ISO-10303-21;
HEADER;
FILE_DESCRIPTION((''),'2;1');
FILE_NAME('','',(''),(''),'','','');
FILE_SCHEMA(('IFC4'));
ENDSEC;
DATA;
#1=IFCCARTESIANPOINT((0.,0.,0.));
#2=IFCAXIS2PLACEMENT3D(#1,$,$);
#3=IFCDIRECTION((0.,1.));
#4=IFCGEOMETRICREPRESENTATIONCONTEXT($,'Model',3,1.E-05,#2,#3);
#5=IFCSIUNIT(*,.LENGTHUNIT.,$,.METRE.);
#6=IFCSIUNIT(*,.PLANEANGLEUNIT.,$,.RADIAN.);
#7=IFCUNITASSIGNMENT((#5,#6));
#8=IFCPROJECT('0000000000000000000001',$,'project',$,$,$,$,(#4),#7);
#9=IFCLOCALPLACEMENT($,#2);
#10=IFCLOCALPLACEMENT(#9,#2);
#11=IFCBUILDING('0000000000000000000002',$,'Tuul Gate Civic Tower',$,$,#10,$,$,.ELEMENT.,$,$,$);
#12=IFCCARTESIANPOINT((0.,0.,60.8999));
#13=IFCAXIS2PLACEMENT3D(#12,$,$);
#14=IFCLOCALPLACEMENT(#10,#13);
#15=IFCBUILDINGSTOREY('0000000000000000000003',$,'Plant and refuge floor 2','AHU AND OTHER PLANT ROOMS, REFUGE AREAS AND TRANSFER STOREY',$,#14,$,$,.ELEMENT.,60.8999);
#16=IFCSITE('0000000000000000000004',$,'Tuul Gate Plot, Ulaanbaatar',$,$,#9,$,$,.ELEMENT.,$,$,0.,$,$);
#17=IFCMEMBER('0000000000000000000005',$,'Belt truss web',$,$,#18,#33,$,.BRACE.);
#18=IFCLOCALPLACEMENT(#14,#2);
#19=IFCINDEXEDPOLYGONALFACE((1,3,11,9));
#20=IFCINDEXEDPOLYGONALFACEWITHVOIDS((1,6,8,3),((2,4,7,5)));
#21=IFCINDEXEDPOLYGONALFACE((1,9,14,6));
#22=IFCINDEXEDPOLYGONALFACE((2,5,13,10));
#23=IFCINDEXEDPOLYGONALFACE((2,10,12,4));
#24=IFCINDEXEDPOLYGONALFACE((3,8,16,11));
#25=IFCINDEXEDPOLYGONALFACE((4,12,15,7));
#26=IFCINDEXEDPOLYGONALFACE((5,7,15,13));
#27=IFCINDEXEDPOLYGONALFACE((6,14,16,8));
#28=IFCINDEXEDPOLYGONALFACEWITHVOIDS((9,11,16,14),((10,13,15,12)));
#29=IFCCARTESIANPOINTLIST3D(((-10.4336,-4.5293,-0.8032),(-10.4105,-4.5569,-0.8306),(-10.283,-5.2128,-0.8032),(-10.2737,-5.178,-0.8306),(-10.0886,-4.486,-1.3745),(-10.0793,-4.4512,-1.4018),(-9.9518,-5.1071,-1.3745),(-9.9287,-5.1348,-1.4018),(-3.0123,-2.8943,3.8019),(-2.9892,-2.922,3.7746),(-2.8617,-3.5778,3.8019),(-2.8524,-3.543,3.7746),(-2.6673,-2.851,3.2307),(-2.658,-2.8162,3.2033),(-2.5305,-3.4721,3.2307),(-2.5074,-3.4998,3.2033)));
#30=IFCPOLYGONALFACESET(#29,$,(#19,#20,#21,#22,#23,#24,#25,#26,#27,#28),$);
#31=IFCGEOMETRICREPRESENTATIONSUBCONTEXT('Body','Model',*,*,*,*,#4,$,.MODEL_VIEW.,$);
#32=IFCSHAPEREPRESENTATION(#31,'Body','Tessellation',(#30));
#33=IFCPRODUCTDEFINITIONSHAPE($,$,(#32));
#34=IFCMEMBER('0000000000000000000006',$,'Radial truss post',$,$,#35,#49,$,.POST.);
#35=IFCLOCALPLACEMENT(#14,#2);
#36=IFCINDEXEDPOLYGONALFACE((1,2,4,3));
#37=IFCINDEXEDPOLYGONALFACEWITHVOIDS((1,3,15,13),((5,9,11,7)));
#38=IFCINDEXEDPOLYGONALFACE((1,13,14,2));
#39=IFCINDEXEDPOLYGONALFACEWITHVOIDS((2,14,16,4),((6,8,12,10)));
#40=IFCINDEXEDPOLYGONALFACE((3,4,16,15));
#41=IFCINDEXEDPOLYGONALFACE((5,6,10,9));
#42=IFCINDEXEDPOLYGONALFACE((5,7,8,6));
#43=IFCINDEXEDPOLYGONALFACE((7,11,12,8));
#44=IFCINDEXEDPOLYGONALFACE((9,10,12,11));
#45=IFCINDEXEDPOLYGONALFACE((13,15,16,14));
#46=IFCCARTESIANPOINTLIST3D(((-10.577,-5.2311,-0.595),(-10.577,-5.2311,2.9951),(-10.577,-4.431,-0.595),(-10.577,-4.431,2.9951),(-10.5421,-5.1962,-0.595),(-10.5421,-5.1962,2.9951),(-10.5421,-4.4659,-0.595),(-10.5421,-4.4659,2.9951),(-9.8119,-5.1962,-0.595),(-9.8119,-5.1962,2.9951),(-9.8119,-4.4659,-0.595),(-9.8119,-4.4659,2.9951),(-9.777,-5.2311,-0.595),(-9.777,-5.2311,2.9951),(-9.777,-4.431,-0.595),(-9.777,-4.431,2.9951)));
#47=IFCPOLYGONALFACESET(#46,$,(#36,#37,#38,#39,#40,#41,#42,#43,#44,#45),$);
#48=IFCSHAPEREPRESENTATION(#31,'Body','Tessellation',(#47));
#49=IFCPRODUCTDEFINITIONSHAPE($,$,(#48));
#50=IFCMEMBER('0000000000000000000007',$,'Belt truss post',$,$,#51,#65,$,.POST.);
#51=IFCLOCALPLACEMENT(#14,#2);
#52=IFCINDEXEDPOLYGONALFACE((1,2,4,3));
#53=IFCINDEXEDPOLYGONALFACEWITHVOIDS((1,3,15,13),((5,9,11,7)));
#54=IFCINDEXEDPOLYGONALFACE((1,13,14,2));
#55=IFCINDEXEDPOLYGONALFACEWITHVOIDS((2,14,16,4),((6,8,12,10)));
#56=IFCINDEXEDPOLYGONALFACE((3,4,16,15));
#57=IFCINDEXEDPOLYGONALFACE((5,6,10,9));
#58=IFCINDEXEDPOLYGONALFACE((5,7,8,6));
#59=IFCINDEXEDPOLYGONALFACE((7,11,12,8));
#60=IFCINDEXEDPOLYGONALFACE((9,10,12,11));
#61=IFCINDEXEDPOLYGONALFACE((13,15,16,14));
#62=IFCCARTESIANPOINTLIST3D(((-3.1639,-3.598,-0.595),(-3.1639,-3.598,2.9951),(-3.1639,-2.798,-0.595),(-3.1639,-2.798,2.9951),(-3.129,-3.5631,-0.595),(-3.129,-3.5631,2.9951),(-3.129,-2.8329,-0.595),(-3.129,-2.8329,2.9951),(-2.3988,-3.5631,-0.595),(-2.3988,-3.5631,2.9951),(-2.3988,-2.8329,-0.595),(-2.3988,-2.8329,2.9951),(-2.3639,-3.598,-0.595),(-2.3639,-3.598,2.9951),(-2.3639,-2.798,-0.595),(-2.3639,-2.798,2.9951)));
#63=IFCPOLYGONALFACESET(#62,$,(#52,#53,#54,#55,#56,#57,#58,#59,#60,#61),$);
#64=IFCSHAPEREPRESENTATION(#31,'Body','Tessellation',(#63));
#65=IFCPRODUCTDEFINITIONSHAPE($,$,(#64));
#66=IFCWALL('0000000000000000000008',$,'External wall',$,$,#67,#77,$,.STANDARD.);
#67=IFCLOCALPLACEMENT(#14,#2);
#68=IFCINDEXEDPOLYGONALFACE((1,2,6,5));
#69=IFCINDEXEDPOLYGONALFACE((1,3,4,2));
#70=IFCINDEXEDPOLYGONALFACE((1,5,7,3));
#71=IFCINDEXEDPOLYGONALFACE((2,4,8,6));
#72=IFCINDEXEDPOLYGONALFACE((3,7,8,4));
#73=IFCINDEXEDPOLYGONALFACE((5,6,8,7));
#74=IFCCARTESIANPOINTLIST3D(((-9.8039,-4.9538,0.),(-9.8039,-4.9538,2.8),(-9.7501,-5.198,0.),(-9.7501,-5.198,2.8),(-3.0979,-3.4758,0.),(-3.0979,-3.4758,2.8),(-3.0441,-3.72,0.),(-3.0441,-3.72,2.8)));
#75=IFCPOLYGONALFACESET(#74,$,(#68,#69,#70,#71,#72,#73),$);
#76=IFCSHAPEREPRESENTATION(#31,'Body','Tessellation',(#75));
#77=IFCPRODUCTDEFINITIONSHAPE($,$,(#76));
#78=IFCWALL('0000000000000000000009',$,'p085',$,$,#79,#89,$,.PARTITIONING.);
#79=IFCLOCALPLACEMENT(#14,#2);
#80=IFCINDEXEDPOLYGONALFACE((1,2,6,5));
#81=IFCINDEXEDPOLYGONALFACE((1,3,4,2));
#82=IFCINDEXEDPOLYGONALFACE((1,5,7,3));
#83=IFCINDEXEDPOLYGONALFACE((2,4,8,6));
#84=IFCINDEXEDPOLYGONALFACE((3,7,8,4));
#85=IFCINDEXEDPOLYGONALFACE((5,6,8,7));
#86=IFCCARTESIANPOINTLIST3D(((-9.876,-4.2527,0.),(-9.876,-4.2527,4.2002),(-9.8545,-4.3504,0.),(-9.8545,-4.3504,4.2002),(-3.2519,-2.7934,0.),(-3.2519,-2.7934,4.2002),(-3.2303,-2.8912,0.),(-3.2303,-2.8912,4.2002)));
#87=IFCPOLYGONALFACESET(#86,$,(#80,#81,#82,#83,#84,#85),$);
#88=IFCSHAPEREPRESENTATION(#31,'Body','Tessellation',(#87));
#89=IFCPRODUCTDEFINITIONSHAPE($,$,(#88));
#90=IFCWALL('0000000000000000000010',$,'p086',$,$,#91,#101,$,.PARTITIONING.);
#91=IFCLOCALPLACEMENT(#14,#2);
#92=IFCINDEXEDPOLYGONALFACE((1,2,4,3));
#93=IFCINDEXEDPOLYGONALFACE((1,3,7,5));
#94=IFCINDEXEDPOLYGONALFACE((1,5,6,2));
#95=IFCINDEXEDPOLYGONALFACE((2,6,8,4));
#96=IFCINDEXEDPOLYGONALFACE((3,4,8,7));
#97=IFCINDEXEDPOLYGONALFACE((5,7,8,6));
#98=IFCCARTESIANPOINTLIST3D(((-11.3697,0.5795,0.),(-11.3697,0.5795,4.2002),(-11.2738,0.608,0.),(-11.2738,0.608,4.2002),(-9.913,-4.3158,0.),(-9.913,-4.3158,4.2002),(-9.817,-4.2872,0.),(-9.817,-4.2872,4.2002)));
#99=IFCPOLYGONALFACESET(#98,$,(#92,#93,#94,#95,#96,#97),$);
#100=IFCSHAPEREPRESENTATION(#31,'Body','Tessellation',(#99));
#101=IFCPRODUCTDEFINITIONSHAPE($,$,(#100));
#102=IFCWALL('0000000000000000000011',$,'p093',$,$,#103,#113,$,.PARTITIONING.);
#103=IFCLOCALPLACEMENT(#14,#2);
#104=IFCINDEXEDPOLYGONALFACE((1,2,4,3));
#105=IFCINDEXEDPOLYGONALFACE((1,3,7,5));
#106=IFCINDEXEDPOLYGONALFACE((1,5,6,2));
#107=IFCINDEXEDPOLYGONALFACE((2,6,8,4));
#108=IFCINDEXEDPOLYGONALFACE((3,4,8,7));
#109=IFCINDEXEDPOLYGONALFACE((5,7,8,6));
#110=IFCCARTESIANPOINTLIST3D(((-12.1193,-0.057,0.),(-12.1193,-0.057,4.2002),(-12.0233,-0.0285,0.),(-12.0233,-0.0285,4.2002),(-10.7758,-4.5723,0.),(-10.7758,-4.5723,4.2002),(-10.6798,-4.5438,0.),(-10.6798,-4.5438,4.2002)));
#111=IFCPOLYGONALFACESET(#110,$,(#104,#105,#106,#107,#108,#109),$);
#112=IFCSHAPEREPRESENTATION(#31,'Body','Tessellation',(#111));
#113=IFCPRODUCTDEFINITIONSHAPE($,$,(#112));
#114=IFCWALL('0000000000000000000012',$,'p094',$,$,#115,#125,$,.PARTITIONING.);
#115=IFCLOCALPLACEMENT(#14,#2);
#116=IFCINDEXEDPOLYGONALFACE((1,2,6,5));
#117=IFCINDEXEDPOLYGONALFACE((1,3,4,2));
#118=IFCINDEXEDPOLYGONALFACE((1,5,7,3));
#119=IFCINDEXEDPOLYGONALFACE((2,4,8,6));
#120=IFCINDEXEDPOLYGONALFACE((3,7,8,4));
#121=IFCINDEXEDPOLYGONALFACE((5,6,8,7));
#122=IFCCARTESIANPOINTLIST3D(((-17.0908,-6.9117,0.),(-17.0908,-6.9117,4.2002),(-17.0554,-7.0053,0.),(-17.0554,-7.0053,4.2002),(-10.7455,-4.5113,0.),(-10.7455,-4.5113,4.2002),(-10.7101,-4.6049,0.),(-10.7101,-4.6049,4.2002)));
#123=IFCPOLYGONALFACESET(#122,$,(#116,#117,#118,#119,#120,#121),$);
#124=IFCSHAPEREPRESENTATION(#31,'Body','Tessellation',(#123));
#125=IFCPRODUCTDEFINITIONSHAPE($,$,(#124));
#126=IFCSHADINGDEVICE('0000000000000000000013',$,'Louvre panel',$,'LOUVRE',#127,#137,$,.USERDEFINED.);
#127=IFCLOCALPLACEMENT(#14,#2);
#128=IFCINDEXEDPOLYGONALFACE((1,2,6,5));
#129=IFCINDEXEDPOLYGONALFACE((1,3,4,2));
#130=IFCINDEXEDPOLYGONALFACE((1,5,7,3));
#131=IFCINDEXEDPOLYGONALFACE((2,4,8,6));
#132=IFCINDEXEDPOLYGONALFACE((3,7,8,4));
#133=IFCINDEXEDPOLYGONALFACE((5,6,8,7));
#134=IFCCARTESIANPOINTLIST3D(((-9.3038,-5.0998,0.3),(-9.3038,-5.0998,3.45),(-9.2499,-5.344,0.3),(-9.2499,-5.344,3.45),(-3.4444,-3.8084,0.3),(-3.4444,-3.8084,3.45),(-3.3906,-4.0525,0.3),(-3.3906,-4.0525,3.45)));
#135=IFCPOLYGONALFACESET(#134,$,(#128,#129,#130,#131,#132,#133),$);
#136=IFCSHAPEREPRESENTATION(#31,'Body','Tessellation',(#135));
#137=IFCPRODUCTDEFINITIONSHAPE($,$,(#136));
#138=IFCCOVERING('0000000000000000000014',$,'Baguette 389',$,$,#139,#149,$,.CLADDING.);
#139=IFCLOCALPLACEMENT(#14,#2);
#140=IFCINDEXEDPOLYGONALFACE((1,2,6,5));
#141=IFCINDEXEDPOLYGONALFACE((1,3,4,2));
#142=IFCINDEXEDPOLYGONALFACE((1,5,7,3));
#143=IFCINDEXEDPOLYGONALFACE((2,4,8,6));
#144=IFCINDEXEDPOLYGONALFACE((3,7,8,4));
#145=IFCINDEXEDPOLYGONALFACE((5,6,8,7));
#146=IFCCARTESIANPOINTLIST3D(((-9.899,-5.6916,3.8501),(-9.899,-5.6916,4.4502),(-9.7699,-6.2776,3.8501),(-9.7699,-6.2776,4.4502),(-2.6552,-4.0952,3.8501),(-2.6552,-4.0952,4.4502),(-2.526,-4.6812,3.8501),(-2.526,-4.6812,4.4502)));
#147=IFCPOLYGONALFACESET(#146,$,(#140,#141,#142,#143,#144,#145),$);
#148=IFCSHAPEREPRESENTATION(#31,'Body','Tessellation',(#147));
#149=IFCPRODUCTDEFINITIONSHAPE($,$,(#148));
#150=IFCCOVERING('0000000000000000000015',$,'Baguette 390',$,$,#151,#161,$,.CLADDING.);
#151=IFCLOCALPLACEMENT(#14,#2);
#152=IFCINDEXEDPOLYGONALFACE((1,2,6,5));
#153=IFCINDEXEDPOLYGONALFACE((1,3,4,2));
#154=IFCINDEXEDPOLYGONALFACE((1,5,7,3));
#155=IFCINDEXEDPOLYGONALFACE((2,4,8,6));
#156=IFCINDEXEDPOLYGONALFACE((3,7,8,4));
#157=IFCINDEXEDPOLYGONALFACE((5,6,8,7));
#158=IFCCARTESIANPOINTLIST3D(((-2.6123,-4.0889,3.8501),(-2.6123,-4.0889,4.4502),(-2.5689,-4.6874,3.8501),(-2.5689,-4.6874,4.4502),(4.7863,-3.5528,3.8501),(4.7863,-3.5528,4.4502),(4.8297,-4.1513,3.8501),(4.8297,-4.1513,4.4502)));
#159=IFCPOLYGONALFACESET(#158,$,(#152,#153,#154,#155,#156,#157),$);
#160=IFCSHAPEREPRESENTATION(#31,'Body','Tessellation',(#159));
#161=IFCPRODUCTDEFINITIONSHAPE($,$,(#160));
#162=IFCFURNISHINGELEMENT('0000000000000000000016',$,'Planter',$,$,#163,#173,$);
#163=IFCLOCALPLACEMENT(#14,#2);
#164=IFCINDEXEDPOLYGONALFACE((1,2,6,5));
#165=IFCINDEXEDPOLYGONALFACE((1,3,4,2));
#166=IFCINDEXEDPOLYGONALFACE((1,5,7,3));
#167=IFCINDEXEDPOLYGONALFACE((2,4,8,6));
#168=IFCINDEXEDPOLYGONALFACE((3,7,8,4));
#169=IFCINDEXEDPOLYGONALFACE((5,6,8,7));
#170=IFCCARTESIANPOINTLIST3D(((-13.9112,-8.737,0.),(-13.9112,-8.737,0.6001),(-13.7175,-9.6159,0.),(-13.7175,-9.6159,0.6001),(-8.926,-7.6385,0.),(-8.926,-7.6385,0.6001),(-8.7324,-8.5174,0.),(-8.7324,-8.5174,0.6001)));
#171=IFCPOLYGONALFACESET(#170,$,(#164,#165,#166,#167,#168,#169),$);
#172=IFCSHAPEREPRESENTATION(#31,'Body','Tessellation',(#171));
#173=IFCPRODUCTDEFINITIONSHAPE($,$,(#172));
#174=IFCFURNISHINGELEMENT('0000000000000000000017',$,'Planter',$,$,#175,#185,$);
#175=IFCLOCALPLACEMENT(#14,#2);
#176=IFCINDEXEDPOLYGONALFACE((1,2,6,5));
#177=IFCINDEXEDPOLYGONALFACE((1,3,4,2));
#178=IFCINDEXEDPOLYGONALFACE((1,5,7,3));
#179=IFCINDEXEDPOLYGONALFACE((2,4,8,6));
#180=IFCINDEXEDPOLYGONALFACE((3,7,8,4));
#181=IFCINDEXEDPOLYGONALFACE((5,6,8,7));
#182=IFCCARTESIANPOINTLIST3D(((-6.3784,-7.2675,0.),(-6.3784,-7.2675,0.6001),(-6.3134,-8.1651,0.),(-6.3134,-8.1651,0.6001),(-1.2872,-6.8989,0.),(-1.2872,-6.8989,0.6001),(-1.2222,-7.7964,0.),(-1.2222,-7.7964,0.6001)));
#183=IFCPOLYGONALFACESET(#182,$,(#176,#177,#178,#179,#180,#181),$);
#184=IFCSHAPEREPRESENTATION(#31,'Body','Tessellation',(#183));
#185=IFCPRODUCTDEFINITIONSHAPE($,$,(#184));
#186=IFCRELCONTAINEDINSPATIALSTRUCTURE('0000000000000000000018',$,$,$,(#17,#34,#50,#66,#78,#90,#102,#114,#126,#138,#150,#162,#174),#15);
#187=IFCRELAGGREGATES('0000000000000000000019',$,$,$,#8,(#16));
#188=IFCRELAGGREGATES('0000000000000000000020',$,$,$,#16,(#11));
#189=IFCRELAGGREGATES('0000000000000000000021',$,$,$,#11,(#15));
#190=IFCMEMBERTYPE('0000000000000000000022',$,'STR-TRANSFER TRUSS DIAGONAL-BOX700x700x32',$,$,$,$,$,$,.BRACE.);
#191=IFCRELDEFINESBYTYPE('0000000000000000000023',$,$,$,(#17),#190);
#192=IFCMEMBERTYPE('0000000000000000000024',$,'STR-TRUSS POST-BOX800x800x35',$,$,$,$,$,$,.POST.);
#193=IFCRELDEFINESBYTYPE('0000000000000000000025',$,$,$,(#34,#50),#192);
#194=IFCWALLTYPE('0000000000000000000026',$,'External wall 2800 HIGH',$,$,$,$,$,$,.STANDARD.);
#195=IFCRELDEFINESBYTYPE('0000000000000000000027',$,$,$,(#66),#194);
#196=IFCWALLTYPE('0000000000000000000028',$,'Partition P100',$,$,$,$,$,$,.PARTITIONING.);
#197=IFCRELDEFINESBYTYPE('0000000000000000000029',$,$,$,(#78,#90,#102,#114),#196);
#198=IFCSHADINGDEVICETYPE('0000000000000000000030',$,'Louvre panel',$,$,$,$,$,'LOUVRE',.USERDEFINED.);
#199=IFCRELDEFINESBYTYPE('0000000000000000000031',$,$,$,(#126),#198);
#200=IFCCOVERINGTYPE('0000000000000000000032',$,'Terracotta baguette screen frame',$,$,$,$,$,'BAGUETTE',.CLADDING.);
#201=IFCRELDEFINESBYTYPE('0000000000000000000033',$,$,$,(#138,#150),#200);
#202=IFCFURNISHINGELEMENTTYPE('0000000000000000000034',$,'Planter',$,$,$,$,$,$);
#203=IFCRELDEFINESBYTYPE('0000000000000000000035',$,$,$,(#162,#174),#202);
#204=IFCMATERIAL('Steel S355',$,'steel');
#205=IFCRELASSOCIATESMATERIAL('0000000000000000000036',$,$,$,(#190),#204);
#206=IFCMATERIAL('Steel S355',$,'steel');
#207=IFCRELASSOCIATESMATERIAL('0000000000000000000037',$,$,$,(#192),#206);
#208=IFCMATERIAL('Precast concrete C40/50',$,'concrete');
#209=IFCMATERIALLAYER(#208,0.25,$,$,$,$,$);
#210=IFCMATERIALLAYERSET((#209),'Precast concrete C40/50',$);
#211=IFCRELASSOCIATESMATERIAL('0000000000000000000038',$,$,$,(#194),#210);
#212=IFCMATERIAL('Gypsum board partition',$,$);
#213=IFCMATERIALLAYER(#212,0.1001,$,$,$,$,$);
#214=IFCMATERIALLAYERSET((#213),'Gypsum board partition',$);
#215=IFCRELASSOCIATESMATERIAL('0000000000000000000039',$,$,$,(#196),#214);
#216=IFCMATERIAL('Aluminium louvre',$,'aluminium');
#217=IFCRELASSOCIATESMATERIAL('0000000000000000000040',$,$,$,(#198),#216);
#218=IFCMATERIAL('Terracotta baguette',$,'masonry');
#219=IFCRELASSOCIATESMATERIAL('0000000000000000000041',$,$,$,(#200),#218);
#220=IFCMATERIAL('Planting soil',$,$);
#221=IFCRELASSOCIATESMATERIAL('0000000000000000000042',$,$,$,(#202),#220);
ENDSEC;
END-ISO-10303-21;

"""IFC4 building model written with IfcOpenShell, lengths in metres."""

from ifc_helpers import new_model, si_unit, direction, frame, frame_2d, origin, origin_2d, place, context, subcontext, project, spatial, rectangle, hollow_rectangle, extrude, material, layer, layer_set, material_profile, profile_set, type_object, element, save


model = new_model("IFC4")

# Units and contexts
model_context = context("Model", 3, precision=1e-05, world=origin(), true_north=direction((0.0, 1.0)))
body_context = subcontext(model_context, "Body", "Model", "MODEL_VIEW")
ifc_project = project(units=[si_unit("LENGTHUNIT", "METRE"), si_unit("PLANEANGLEUNIT", "RADIAN")], contexts=[model_context])

# Site, building, storey
site_placement = place(None, origin())
site = spatial("IfcSite", under=ifc_project, at=site_placement, Name="Tuul Gate Plot, Ulaanbaatar", CompositionType="ELEMENT", RefElevation=0.0)
building_placement = place(site_placement, origin())
building = spatial("IfcBuilding", under=site, at=building_placement, Name="Tuul Gate Civic Tower", CompositionType="ELEMENT")
storey_placement = place(building_placement, frame((0.0, 0.0, 60.8999)))
storey = spatial("IfcBuildingStorey", under=building, at=storey_placement, Name="Plant and refuge floor 2", Description="AHU AND OTHER PLANT ROOMS, REFUGE AREAS AND TRANSFER STOREY", CompositionType="ELEMENT", Elevation=60.8999)

# Members
ifc_material_1 = material(Name="Steel S355", Category="steel")
ifc_material_profile_1 = material_profile(ifc_material_1, hollow_rectangle(XDim=0.7, YDim=0.7, WallThickness=0.032, at=origin_2d()), Name="BOX700x700x32")
ifc_profile_set_1 = profile_set([ifc_material_profile_1], Name="Steel S355")
member_type_1 = type_object("IfcMemberType", Name="STR-TRANSFER TRUSS DIAGONAL-BOX700x700x32", PredefinedType="BRACE", material=ifc_profile_set_1)
member_1_placement = place(storey_placement, frame((-10.1812, -4.832, -1.1025), z_axis=(0.835192, 0.184002, 0.518265), x_axis=(-0.215151, 0.976581, 0.0)))
element("IfcMember", 1, at=member_1_placement, inside=storey, type_object=member_type_1, Name="Belt truss web", PredefinedType="BRACE", context=body_context, shape_type="SweptSolid", body=[
    extrude(hollow_rectangle(XDim=0.7, YDim=0.7, WallThickness=0.032, at=origin_2d()), origin(), (0.0, 0.0, 1.0), 8.8857),
])
ifc_material_2 = material(Name="Steel S355", Category="steel")
ifc_material_profile_2 = material_profile(ifc_material_2, hollow_rectangle(XDim=0.8, YDim=0.8, WallThickness=0.0349, at=origin_2d()), Name="BOX800x800x35")
ifc_profile_set_2 = profile_set([ifc_material_profile_2], Name="Steel S355")
member_type_2 = type_object("IfcMemberType", Name="STR-TRUSS POST-BOX800x800x35", PredefinedType="POST", material=ifc_profile_set_2)
for number, where, z_axis, x_axis, name in (
    (2, (-10.177, -4.8311, -0.595), (0.0, 0.0, 1.0), (1.0, 0.0, 0.0), "Radial truss post"),
    (3, (-2.7639, -3.198, -0.595), (0.0, 0.0, 1.0), (1.0, 0.0, 0.0), "Belt truss post"),
):
    element("IfcMember", number, at=place(storey_placement, frame(where, z_axis=z_axis, x_axis=x_axis)), inside=storey, type_object=member_type_2, Name=name, PredefinedType="POST", context=body_context, shape_type="SweptSolid", body=[
        extrude(hollow_rectangle(XDim=0.8, YDim=0.8, WallThickness=0.0349, at=origin_2d()), origin(), (0.0, 0.0, 1.0), 3.5901),
    ])

# Walls
ifc_material_3 = material(Name="Precast concrete C40/50", Category="concrete")
ifc_layer_1 = layer(ifc_material_3, 0.25)
ifc_layer_set_1 = layer_set([ifc_layer_1], Name="Precast concrete C40/50")
wall_type_1 = type_object("IfcWallType", Name="External wall 2800 HIGH", PredefinedType="STANDARD", material=ifc_layer_set_1)
wall_1_placement = place(storey_placement, frame((-9.7771, -5.0759, 0.0), z_axis=(0.0, 0.0, 1.0), x_axis=(0.976562, 0.215236, 0.0)))
element("IfcWall", 4, at=wall_1_placement, inside=storey, type_object=wall_type_1, Name="External wall", PredefinedType="STANDARD", context=body_context, shape_type="SweptSolid", body=[
    extrude(rectangle(XDim=6.8669, YDim=0.25, at=frame_2d((3.4336, 0.0))), origin(), (0.0, 0.0, 1.0), 2.8),
])
ifc_material_4 = material(Name="Gypsum board partition")
ifc_layer_2 = layer(ifc_material_4, 0.1001)
ifc_layer_set_2 = layer_set([ifc_layer_2], Name="Gypsum board partition")
wall_type_2 = type_object("IfcWallType", Name="Partition P100", PredefinedType="PARTITIONING", material=ifc_layer_set_2)
wall_2_placement = place(storey_placement, frame((-3.241, -2.8423, 0.0), z_axis=(0.0, 0.0, 1.0), x_axis=(-0.976584, -0.215135, 0.0)))
element("IfcWall", 5, at=wall_2_placement, inside=storey, type_object=wall_type_2, Name="p085", PredefinedType="PARTITIONING", context=body_context, shape_type="SweptSolid", body=[
    extrude(rectangle(XDim=6.783, YDim=0.1001, at=frame_2d((3.3916, 0.0))), origin(), (0.0, 0.0, 1.0), 4.2002),
])
wall_3_placement = place(storey_placement, frame((-9.865, -4.3015, 0.0), z_axis=(0.0, 0.0, 1.0), x_axis=(-0.285229, 0.958459, 0.0)))
element("IfcWall", 6, at=wall_3_placement, inside=storey, type_object=wall_type_2, Name="p086", PredefinedType="PARTITIONING", context=body_context, shape_type="SweptSolid", body=[
    extrude(rectangle(XDim=5.1074, YDim=0.1001, at=frame_2d((2.5537, 0.0))), origin(), (0.0, 0.0, 1.0), 4.2002),
])
wall_4_placement = place(storey_placement, frame((-12.0713, -0.0427, 0.0), z_axis=(0.0, 0.0, 1.0), x_axis=(0.285184, -0.958473, 0.0)))
element("IfcWall", 7, at=wall_4_placement, inside=storey, type_object=wall_type_2, Name="p093", PredefinedType="PARTITIONING", context=body_context, shape_type="SweptSolid", body=[
    extrude(rectangle(XDim=4.7109, YDim=0.1001, at=frame_2d((2.3555, 0.0))), origin(), (0.0, 0.0, 1.0), 4.2002),
])
wall_5_placement = place(storey_placement, frame((-10.7278, -4.5581, 0.0), z_axis=(0.0, 0.0, 1.0), x_axis=(-0.935311, -0.353827, 0.0)))
element("IfcWall", 8, at=wall_5_placement, inside=storey, type_object=wall_type_2, Name="p094", PredefinedType="PARTITIONING", context=body_context, shape_type="SweptSolid", body=[
    extrude(rectangle(XDim=6.7842, YDim=0.1001, at=frame_2d((3.3921, 0.0))), origin(), (0.0, 0.0, 1.0), 4.2002),
])

# Shading device
ifc_material_5 = material(Name="Aluminium louvre", Category="aluminium")
shading_device_type = type_object("IfcShadingDeviceType", Name="Louvre panel", ElementType="LOUVRE", PredefinedType="USERDEFINED", material=ifc_material_5)
shading_device_placement = place(storey_placement, frame((-6.3472, -4.5762, 0.3), z_axis=(0.0, 0.0, 1.0), x_axis=(0.215242, -0.976561, 0.0)))
element("IfcShadingDevice", 9, at=shading_device_placement, inside=storey, type_object=shading_device_type, Name="Louvre panel", ObjectType="LOUVRE", PredefinedType="USERDEFINED", context=body_context, shape_type="SweptSolid", body=[
    extrude(rectangle(XDim=0.25, YDim=6.0, at=origin_2d()), origin(), (0.0, 0.0, 1.0), 3.1499),
])

# Coverings
ifc_material_6 = material(Name="Terracotta baguette", Category="masonry")
ifc_material_profile_3 = material_profile(ifc_material_6, rectangle(XDim=0.6001, YDim=0.6001, at=origin_2d()), Name="Terracotta baguette screen frame")
ifc_profile_set_3 = profile_set([ifc_material_profile_3], Name="Terracotta baguette")
covering_type = type_object("IfcCoveringType", Name="Terracotta baguette screen frame", ElementType="BAGUETTE", PredefinedType="CLADDING", material=ifc_profile_set_3)
covering_1_placement = place(storey_placement, frame((-9.8345, -5.9846, 4.1501), z_axis=(0.976566, 0.215219, 0.0), x_axis=(-0.215219, 0.976566, 0.0)))
element("IfcCovering", 10, at=covering_1_placement, inside=storey, type_object=covering_type, Name="Baguette 389", PredefinedType="CLADDING", context=body_context, shape_type="SweptSolid", body=[
    extrude(rectangle(XDim=0.6001, YDim=0.6001, at=origin_2d()), origin(), (0.0, 0.0, 1.0), 7.4177),
])
covering_2_placement = place(storey_placement, frame((-2.5906, -4.3882, 4.1501), z_axis=(0.997385, 0.072274, 0.0), x_axis=(-0.072274, 0.997385, 0.0)))
element("IfcCovering", 11, at=covering_2_placement, inside=storey, type_object=covering_type, Name="Baguette 390", PredefinedType="CLADDING", context=body_context, shape_type="SweptSolid", body=[
    extrude(rectangle(XDim=0.6001, YDim=0.6001, at=origin_2d()), origin(), (0.0, 0.0, 1.0), 7.418),
])

# Furnishing elements
ifc_material_7 = material(Name="Planting soil")
furnishing_element_type = type_object("IfcFurnishingElementType", Name="Planter", material=ifc_material_7)
furnishing_1_placement = place(storey_placement, frame((-11.3218, -8.6272, 0.0), z_axis=(0.0, 0.0, 1.0), x_axis=(0.976571, 0.215195, 0.0)))
element("IfcFurnishingElement", 12, at=furnishing_1_placement, inside=storey, type_object=furnishing_element_type, Name="Planter", context=body_context, shape_type="SweptSolid", body=[
    extrude(rectangle(XDim=5.1047, YDim=0.8999, at=origin_2d()), origin(), (0.0, 0.0, 1.0), 0.6001),
])
furnishing_2_placement = place(storey_placement, frame((-3.8003, -7.532, 0.0), z_axis=(0.0, 0.0, 1.0), x_axis=(0.997389, 0.072222, 0.0)))
element("IfcFurnishingElement", 13, at=furnishing_2_placement, inside=storey, type_object=furnishing_element_type, Name="Planter", context=body_context, shape_type="SweptSolid", body=[
    extrude(rectangle(XDim=5.1045, YDim=0.8999, at=origin_2d()), origin(), (0.0, 0.0, 1.0), 0.6001),
])

save(model, "model.ifc")
